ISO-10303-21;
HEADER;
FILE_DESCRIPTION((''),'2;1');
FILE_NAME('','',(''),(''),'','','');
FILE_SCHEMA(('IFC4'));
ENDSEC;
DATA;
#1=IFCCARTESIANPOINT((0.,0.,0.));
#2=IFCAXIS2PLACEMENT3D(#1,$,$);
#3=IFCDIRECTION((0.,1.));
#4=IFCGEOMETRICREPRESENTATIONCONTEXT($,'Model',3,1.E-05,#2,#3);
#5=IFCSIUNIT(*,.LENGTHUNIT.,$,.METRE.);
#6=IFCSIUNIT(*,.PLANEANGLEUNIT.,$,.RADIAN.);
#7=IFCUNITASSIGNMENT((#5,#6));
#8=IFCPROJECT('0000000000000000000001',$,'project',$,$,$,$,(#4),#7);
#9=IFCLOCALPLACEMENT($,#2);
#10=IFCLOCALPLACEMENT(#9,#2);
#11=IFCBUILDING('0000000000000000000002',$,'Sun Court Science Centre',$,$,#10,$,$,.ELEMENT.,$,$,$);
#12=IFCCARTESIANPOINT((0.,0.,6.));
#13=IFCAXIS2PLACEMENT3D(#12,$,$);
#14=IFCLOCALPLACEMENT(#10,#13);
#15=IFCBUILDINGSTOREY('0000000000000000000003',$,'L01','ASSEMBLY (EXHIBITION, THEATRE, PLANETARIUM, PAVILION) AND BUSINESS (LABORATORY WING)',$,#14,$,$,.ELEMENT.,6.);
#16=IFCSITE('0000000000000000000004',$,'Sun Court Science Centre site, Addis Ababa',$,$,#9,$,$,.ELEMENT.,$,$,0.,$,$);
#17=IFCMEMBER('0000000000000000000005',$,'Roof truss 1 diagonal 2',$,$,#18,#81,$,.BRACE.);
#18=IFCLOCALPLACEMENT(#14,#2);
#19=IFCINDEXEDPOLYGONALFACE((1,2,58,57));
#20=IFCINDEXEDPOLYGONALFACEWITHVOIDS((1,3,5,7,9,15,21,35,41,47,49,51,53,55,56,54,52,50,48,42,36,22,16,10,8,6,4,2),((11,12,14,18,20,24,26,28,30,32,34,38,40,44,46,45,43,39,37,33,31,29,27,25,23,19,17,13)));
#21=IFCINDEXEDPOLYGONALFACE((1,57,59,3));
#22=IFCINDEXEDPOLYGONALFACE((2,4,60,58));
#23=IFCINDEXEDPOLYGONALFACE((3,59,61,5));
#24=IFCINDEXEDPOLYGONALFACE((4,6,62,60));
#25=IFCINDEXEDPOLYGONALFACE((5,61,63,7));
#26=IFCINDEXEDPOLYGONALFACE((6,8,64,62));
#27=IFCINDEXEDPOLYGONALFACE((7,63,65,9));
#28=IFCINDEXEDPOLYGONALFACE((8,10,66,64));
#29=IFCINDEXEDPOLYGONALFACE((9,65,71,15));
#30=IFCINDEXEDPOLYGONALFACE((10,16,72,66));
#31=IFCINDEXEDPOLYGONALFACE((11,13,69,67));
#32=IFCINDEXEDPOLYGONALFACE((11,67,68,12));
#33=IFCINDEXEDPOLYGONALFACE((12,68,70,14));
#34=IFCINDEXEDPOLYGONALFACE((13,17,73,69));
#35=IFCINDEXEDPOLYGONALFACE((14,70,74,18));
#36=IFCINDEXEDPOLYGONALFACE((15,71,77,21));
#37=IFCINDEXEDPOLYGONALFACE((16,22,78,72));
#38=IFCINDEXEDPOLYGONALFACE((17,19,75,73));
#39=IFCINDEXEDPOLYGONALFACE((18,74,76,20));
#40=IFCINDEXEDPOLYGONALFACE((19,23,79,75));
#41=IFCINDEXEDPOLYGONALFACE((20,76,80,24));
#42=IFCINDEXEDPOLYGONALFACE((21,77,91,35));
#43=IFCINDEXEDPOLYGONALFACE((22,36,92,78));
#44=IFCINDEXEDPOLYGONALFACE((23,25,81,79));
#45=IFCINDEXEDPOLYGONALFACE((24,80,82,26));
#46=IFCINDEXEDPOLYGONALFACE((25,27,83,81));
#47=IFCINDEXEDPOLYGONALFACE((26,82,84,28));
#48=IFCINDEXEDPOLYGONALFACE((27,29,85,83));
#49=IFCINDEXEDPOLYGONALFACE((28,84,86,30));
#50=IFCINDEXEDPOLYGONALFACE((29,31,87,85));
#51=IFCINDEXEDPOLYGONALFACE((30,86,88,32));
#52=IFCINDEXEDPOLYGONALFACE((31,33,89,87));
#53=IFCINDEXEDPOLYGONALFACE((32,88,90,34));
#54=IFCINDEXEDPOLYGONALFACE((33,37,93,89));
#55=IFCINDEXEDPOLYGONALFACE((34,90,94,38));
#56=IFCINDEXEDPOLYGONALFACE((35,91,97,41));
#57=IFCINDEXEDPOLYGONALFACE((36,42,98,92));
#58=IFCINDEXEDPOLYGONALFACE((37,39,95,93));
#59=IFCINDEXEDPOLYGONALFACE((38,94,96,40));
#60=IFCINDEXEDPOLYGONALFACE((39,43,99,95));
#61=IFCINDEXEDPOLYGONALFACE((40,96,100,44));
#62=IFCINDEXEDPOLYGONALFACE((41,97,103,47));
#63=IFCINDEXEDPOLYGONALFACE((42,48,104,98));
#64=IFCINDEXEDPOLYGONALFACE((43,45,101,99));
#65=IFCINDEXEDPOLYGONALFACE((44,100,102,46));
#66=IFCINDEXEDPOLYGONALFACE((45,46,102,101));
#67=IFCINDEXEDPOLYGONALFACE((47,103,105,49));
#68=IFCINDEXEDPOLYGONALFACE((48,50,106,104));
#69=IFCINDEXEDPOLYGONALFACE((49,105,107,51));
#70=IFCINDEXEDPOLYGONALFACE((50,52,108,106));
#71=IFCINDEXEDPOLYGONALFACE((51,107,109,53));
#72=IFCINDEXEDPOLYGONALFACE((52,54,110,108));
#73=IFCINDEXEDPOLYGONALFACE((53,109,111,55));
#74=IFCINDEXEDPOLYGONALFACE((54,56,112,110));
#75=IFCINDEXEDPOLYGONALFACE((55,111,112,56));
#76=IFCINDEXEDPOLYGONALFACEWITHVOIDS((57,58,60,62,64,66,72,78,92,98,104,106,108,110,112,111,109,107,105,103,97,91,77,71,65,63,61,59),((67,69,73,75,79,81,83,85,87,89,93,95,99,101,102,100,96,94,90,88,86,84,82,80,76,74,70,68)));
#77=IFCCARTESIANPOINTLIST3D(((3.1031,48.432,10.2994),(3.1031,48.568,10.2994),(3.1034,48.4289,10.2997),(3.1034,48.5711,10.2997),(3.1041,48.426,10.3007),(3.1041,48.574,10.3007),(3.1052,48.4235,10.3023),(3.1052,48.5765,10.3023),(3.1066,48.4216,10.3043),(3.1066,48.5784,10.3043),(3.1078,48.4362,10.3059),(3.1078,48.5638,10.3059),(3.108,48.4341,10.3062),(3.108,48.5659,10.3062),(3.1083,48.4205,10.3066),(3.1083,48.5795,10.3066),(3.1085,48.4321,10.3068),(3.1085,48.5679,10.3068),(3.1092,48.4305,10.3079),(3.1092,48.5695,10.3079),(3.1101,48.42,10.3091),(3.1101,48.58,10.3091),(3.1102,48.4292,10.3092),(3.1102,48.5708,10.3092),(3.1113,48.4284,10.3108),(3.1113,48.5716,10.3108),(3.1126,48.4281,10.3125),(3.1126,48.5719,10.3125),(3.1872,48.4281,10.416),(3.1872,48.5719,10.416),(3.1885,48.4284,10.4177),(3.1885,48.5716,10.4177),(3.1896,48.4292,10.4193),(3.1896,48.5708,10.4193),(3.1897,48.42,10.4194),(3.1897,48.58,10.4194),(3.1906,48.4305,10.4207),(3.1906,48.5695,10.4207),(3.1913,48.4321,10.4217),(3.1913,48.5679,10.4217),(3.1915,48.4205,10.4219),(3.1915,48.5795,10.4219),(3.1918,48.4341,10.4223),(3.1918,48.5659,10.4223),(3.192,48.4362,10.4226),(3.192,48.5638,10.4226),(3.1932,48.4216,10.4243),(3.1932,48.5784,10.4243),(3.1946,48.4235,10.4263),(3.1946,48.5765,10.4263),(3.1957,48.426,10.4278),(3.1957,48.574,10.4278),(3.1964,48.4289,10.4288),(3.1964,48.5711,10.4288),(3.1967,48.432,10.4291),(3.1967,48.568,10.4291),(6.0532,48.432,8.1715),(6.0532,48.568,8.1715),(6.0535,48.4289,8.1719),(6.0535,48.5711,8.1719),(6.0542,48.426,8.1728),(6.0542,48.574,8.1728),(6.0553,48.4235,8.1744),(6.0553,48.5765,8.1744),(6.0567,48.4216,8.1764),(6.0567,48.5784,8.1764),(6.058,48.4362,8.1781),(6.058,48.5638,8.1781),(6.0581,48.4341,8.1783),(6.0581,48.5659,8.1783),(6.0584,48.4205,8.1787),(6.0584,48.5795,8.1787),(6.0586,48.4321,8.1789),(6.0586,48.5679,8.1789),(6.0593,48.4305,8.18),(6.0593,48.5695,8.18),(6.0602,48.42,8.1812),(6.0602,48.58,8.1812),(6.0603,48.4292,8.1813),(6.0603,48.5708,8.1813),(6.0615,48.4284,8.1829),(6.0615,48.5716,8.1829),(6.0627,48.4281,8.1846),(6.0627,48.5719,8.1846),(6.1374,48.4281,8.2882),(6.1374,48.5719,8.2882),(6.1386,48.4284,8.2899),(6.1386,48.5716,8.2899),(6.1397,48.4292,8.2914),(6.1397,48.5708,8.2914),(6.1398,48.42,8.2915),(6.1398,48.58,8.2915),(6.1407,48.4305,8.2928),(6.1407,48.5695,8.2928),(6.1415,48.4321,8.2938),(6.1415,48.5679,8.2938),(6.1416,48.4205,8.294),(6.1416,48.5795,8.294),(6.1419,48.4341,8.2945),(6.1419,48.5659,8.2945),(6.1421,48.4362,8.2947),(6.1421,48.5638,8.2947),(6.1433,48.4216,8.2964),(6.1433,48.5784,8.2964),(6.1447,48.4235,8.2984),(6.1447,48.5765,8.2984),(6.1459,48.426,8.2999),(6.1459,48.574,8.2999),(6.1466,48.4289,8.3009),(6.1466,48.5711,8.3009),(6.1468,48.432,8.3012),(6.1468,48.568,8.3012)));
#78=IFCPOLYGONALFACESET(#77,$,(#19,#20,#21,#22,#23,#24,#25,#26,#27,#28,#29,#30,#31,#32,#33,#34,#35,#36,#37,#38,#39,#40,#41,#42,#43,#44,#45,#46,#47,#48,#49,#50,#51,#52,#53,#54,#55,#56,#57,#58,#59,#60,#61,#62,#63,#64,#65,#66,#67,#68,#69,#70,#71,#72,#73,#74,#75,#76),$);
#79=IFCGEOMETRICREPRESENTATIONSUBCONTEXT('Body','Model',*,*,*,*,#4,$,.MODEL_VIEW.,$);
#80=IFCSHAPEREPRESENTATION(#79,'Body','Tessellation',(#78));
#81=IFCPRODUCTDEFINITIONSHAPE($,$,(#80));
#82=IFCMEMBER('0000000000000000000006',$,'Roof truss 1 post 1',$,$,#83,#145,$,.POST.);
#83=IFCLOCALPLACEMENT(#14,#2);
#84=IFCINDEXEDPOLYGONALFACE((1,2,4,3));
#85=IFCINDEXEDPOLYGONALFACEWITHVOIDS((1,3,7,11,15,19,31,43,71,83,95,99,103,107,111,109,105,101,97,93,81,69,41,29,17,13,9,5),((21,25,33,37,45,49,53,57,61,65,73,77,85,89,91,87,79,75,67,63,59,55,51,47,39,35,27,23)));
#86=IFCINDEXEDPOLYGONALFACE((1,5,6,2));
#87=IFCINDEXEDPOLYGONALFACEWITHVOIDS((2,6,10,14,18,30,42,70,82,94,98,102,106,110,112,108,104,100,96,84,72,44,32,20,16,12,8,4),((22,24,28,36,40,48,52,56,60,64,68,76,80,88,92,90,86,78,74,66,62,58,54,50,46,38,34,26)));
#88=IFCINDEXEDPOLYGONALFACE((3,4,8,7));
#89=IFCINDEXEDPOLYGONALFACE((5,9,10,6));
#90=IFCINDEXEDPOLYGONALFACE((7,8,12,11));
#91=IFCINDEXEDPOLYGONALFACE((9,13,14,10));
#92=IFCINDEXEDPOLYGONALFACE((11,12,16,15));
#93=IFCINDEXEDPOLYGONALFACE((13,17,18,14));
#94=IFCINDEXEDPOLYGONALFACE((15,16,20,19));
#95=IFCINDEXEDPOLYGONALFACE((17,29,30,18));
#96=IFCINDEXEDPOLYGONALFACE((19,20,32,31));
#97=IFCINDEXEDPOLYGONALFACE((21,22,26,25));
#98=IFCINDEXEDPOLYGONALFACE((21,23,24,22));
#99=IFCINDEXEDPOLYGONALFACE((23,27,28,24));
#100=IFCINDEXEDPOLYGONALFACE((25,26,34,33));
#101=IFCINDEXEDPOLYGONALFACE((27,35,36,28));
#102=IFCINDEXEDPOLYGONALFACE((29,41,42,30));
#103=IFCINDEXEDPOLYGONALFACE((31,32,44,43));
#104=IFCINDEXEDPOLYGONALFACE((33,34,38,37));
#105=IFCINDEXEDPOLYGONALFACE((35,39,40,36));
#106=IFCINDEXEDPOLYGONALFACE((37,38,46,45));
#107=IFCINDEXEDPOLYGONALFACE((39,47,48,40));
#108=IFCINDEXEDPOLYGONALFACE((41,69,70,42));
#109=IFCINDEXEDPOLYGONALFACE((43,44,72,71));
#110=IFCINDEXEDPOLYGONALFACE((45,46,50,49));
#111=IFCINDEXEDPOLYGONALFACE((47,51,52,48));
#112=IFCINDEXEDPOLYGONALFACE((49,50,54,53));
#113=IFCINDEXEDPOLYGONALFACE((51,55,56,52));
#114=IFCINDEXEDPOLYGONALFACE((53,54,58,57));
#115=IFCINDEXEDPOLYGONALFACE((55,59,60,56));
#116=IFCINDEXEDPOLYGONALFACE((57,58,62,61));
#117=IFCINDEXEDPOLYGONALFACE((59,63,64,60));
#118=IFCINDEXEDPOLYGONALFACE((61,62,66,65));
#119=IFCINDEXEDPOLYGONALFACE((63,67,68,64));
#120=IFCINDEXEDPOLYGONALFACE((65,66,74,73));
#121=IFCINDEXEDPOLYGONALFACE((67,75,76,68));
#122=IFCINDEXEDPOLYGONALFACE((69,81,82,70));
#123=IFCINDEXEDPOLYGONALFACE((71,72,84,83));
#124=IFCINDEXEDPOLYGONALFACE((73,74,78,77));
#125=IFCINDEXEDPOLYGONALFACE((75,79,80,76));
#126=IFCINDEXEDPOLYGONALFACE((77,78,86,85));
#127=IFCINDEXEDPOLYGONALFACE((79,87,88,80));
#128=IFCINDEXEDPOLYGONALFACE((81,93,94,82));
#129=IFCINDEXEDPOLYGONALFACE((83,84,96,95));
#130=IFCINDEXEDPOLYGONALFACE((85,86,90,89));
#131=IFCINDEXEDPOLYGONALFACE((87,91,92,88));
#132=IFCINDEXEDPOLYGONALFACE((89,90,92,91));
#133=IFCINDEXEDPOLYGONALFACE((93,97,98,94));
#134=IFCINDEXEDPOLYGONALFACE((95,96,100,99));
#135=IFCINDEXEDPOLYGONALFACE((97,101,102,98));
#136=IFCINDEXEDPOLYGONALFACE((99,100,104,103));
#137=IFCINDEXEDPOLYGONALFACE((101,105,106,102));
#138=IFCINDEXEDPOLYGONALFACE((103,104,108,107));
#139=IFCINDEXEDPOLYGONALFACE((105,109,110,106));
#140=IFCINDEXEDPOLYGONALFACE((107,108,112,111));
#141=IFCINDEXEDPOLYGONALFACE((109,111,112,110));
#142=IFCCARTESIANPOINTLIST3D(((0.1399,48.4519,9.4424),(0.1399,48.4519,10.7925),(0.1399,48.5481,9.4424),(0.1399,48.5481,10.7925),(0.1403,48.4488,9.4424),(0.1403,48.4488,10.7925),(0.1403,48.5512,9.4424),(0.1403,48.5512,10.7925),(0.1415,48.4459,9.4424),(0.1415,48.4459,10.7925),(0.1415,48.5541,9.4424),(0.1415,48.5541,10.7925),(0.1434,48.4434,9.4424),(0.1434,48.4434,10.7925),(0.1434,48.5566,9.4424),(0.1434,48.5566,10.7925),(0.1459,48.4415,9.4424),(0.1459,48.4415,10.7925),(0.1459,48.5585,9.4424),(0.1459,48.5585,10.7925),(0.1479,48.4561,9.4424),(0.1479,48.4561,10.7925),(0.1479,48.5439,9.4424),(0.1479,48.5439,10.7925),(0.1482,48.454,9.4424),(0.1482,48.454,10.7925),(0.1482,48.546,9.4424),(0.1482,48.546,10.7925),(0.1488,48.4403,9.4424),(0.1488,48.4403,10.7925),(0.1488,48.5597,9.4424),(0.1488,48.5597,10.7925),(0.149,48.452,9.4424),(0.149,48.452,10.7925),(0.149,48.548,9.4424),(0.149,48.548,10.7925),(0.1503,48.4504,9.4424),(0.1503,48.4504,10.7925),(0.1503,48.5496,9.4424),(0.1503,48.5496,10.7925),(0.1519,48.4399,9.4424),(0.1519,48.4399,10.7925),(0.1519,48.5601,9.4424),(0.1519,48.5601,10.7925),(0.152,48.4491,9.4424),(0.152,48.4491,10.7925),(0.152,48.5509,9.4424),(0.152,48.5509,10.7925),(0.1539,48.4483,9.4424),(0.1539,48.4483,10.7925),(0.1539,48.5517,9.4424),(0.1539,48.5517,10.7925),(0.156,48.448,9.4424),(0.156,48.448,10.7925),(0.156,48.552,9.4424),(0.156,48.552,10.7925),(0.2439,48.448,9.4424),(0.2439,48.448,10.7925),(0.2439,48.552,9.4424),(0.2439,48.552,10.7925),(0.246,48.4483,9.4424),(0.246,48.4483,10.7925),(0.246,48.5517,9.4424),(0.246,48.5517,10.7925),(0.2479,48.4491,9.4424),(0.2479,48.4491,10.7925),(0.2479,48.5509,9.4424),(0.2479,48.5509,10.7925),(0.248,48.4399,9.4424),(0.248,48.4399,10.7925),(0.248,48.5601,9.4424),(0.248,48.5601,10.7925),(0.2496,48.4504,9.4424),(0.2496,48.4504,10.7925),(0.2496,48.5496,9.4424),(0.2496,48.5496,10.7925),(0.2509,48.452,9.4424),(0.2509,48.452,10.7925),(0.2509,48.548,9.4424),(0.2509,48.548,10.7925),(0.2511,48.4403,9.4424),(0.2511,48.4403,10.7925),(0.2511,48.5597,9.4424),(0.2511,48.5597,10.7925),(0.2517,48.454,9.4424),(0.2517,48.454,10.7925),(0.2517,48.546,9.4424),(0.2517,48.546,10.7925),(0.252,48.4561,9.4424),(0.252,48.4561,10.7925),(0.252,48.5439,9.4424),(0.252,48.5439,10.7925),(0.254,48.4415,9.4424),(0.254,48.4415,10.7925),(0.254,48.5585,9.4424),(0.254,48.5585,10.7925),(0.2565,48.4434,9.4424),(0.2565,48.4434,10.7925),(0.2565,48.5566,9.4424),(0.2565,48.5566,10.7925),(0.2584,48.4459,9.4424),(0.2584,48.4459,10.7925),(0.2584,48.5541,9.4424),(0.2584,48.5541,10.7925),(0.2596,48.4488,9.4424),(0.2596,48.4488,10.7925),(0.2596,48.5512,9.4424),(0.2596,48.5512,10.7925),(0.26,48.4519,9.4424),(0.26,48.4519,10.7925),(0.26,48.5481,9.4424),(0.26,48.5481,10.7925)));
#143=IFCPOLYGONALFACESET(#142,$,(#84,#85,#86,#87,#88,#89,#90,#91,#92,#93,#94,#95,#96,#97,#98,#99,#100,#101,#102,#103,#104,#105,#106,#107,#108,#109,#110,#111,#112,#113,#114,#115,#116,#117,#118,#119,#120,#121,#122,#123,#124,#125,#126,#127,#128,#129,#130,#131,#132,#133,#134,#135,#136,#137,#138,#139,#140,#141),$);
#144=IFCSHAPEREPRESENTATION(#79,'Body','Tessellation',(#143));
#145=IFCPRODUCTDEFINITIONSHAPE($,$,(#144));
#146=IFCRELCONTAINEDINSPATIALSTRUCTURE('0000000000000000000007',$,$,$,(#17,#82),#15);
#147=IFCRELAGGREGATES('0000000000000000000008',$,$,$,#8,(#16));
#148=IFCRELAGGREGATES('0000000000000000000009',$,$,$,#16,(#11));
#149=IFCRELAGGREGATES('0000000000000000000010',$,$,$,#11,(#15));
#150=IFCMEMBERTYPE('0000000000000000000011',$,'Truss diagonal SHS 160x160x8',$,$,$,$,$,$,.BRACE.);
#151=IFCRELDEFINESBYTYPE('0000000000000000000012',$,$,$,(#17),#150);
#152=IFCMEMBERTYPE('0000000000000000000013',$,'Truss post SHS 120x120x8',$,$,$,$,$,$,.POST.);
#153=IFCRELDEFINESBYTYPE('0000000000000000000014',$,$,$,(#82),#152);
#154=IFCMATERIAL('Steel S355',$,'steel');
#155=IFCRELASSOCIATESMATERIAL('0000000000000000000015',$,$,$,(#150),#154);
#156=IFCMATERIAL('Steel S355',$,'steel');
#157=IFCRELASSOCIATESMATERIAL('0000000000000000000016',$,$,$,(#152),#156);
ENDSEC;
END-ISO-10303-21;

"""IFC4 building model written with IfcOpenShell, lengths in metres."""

from ifc_helpers import new_model, si_unit, direction, frame, origin, origin_2d, place, context, subcontext, project, spatial, hollow_rectangle, extrude, material, material_profile, profile_set, type_object, element, save


model = new_model("IFC4")

# Units and contexts
model_context = context("Model", 3, precision=1e-05, world=origin(), true_north=direction((0.0, 1.0)))
body_context = subcontext(model_context, "Body", "Model", "MODEL_VIEW")
ifc_project = project(units=[si_unit("LENGTHUNIT", "METRE"), si_unit("PLANEANGLEUNIT", "RADIAN")], contexts=[model_context])

# Site, building, storey
site_placement = place(None, origin())
site = spatial("IfcSite", under=ifc_project, at=site_placement, Name="Sun Court Science Centre site, Addis Ababa", CompositionType="ELEMENT", RefElevation=0.0)
building_placement = place(site_placement, origin())
building = spatial("IfcBuilding", under=site, at=building_placement, Name="Sun Court Science Centre", CompositionType="ELEMENT")
storey_placement = place(building_placement, frame((0.0, 0.0, 6.0)))
storey = spatial("IfcBuildingStorey", under=building, at=storey_placement, Name="L01", Description="ASSEMBLY (EXHIBITION, THEATRE, PLANETARIUM, PAVILION) AND BUSINESS (LABORATORY WING)", CompositionType="ELEMENT", Elevation=6.0)

# Members
ifc_material_1 = material(Name="Steel S355", Category="steel")
ifc_material_profile_1 = material_profile(ifc_material_1, hollow_rectangle(XDim=0.1599, YDim=0.1599, WallThickness=0.0081, InnerFilletRadius=0.0081, OuterFilletRadius=0.012, at=origin_2d()), Name="SHS 160x160x8")
ifc_profile_set_1 = profile_set([ifc_material_profile_1], Name="Steel S355")
member_type_1 = type_object("IfcMemberType", Name="Truss diagonal SHS 160x160x8", PredefinedType="BRACE", material=ifc_profile_set_1)
member_1_placement = place(storey_placement, frame((3.1499, 48.5, 10.3643), z_axis=(0.81104, 0.0, -0.584991), x_axis=(0.0, 1.0, 0.0)))
element("IfcMember", 1, at=member_1_placement, inside=storey, type_object=member_type_1, Name="Roof truss 1 diagonal 2", PredefinedType="BRACE", context=body_context, shape_type="SweptSolid", body=[
    extrude(hollow_rectangle(XDim=0.1599, YDim=0.1599, WallThickness=0.0081, InnerFilletRadius=0.0081, OuterFilletRadius=0.012, at=origin_2d()), origin(), (0.0, 0.0, 1.0), 3.6375),
])
ifc_material_2 = material(Name="Steel S355", Category="steel")
ifc_material_profile_2 = material_profile(ifc_material_2, hollow_rectangle(XDim=0.1201, YDim=0.1201, WallThickness=0.0081, InnerFilletRadius=0.0081, OuterFilletRadius=0.012, at=origin_2d()), Name="SHS 120x120x8")
ifc_profile_set_2 = profile_set([ifc_material_profile_2], Name="Steel S355")
member_type_2 = type_object("IfcMemberType", Name="Truss post SHS 120x120x8", PredefinedType="POST", material=ifc_profile_set_2)
member_2_placement = place(storey_placement, frame((0.2, 48.5, 9.4424), z_axis=(0.0, 0.0, 1.0), x_axis=(1.0, 0.0, 0.0)))
element("IfcMember", 2, at=member_2_placement, inside=storey, type_object=member_type_2, Name="Roof truss 1 post 1", PredefinedType="POST", context=body_context, shape_type="SweptSolid", body=[
    extrude(hollow_rectangle(XDim=0.1201, YDim=0.1201, WallThickness=0.0081, InnerFilletRadius=0.0081, OuterFilletRadius=0.012, at=origin_2d()), origin(), (0.0, 0.0, 1.0), 1.3501),
])

save(model, "model.ifc")
